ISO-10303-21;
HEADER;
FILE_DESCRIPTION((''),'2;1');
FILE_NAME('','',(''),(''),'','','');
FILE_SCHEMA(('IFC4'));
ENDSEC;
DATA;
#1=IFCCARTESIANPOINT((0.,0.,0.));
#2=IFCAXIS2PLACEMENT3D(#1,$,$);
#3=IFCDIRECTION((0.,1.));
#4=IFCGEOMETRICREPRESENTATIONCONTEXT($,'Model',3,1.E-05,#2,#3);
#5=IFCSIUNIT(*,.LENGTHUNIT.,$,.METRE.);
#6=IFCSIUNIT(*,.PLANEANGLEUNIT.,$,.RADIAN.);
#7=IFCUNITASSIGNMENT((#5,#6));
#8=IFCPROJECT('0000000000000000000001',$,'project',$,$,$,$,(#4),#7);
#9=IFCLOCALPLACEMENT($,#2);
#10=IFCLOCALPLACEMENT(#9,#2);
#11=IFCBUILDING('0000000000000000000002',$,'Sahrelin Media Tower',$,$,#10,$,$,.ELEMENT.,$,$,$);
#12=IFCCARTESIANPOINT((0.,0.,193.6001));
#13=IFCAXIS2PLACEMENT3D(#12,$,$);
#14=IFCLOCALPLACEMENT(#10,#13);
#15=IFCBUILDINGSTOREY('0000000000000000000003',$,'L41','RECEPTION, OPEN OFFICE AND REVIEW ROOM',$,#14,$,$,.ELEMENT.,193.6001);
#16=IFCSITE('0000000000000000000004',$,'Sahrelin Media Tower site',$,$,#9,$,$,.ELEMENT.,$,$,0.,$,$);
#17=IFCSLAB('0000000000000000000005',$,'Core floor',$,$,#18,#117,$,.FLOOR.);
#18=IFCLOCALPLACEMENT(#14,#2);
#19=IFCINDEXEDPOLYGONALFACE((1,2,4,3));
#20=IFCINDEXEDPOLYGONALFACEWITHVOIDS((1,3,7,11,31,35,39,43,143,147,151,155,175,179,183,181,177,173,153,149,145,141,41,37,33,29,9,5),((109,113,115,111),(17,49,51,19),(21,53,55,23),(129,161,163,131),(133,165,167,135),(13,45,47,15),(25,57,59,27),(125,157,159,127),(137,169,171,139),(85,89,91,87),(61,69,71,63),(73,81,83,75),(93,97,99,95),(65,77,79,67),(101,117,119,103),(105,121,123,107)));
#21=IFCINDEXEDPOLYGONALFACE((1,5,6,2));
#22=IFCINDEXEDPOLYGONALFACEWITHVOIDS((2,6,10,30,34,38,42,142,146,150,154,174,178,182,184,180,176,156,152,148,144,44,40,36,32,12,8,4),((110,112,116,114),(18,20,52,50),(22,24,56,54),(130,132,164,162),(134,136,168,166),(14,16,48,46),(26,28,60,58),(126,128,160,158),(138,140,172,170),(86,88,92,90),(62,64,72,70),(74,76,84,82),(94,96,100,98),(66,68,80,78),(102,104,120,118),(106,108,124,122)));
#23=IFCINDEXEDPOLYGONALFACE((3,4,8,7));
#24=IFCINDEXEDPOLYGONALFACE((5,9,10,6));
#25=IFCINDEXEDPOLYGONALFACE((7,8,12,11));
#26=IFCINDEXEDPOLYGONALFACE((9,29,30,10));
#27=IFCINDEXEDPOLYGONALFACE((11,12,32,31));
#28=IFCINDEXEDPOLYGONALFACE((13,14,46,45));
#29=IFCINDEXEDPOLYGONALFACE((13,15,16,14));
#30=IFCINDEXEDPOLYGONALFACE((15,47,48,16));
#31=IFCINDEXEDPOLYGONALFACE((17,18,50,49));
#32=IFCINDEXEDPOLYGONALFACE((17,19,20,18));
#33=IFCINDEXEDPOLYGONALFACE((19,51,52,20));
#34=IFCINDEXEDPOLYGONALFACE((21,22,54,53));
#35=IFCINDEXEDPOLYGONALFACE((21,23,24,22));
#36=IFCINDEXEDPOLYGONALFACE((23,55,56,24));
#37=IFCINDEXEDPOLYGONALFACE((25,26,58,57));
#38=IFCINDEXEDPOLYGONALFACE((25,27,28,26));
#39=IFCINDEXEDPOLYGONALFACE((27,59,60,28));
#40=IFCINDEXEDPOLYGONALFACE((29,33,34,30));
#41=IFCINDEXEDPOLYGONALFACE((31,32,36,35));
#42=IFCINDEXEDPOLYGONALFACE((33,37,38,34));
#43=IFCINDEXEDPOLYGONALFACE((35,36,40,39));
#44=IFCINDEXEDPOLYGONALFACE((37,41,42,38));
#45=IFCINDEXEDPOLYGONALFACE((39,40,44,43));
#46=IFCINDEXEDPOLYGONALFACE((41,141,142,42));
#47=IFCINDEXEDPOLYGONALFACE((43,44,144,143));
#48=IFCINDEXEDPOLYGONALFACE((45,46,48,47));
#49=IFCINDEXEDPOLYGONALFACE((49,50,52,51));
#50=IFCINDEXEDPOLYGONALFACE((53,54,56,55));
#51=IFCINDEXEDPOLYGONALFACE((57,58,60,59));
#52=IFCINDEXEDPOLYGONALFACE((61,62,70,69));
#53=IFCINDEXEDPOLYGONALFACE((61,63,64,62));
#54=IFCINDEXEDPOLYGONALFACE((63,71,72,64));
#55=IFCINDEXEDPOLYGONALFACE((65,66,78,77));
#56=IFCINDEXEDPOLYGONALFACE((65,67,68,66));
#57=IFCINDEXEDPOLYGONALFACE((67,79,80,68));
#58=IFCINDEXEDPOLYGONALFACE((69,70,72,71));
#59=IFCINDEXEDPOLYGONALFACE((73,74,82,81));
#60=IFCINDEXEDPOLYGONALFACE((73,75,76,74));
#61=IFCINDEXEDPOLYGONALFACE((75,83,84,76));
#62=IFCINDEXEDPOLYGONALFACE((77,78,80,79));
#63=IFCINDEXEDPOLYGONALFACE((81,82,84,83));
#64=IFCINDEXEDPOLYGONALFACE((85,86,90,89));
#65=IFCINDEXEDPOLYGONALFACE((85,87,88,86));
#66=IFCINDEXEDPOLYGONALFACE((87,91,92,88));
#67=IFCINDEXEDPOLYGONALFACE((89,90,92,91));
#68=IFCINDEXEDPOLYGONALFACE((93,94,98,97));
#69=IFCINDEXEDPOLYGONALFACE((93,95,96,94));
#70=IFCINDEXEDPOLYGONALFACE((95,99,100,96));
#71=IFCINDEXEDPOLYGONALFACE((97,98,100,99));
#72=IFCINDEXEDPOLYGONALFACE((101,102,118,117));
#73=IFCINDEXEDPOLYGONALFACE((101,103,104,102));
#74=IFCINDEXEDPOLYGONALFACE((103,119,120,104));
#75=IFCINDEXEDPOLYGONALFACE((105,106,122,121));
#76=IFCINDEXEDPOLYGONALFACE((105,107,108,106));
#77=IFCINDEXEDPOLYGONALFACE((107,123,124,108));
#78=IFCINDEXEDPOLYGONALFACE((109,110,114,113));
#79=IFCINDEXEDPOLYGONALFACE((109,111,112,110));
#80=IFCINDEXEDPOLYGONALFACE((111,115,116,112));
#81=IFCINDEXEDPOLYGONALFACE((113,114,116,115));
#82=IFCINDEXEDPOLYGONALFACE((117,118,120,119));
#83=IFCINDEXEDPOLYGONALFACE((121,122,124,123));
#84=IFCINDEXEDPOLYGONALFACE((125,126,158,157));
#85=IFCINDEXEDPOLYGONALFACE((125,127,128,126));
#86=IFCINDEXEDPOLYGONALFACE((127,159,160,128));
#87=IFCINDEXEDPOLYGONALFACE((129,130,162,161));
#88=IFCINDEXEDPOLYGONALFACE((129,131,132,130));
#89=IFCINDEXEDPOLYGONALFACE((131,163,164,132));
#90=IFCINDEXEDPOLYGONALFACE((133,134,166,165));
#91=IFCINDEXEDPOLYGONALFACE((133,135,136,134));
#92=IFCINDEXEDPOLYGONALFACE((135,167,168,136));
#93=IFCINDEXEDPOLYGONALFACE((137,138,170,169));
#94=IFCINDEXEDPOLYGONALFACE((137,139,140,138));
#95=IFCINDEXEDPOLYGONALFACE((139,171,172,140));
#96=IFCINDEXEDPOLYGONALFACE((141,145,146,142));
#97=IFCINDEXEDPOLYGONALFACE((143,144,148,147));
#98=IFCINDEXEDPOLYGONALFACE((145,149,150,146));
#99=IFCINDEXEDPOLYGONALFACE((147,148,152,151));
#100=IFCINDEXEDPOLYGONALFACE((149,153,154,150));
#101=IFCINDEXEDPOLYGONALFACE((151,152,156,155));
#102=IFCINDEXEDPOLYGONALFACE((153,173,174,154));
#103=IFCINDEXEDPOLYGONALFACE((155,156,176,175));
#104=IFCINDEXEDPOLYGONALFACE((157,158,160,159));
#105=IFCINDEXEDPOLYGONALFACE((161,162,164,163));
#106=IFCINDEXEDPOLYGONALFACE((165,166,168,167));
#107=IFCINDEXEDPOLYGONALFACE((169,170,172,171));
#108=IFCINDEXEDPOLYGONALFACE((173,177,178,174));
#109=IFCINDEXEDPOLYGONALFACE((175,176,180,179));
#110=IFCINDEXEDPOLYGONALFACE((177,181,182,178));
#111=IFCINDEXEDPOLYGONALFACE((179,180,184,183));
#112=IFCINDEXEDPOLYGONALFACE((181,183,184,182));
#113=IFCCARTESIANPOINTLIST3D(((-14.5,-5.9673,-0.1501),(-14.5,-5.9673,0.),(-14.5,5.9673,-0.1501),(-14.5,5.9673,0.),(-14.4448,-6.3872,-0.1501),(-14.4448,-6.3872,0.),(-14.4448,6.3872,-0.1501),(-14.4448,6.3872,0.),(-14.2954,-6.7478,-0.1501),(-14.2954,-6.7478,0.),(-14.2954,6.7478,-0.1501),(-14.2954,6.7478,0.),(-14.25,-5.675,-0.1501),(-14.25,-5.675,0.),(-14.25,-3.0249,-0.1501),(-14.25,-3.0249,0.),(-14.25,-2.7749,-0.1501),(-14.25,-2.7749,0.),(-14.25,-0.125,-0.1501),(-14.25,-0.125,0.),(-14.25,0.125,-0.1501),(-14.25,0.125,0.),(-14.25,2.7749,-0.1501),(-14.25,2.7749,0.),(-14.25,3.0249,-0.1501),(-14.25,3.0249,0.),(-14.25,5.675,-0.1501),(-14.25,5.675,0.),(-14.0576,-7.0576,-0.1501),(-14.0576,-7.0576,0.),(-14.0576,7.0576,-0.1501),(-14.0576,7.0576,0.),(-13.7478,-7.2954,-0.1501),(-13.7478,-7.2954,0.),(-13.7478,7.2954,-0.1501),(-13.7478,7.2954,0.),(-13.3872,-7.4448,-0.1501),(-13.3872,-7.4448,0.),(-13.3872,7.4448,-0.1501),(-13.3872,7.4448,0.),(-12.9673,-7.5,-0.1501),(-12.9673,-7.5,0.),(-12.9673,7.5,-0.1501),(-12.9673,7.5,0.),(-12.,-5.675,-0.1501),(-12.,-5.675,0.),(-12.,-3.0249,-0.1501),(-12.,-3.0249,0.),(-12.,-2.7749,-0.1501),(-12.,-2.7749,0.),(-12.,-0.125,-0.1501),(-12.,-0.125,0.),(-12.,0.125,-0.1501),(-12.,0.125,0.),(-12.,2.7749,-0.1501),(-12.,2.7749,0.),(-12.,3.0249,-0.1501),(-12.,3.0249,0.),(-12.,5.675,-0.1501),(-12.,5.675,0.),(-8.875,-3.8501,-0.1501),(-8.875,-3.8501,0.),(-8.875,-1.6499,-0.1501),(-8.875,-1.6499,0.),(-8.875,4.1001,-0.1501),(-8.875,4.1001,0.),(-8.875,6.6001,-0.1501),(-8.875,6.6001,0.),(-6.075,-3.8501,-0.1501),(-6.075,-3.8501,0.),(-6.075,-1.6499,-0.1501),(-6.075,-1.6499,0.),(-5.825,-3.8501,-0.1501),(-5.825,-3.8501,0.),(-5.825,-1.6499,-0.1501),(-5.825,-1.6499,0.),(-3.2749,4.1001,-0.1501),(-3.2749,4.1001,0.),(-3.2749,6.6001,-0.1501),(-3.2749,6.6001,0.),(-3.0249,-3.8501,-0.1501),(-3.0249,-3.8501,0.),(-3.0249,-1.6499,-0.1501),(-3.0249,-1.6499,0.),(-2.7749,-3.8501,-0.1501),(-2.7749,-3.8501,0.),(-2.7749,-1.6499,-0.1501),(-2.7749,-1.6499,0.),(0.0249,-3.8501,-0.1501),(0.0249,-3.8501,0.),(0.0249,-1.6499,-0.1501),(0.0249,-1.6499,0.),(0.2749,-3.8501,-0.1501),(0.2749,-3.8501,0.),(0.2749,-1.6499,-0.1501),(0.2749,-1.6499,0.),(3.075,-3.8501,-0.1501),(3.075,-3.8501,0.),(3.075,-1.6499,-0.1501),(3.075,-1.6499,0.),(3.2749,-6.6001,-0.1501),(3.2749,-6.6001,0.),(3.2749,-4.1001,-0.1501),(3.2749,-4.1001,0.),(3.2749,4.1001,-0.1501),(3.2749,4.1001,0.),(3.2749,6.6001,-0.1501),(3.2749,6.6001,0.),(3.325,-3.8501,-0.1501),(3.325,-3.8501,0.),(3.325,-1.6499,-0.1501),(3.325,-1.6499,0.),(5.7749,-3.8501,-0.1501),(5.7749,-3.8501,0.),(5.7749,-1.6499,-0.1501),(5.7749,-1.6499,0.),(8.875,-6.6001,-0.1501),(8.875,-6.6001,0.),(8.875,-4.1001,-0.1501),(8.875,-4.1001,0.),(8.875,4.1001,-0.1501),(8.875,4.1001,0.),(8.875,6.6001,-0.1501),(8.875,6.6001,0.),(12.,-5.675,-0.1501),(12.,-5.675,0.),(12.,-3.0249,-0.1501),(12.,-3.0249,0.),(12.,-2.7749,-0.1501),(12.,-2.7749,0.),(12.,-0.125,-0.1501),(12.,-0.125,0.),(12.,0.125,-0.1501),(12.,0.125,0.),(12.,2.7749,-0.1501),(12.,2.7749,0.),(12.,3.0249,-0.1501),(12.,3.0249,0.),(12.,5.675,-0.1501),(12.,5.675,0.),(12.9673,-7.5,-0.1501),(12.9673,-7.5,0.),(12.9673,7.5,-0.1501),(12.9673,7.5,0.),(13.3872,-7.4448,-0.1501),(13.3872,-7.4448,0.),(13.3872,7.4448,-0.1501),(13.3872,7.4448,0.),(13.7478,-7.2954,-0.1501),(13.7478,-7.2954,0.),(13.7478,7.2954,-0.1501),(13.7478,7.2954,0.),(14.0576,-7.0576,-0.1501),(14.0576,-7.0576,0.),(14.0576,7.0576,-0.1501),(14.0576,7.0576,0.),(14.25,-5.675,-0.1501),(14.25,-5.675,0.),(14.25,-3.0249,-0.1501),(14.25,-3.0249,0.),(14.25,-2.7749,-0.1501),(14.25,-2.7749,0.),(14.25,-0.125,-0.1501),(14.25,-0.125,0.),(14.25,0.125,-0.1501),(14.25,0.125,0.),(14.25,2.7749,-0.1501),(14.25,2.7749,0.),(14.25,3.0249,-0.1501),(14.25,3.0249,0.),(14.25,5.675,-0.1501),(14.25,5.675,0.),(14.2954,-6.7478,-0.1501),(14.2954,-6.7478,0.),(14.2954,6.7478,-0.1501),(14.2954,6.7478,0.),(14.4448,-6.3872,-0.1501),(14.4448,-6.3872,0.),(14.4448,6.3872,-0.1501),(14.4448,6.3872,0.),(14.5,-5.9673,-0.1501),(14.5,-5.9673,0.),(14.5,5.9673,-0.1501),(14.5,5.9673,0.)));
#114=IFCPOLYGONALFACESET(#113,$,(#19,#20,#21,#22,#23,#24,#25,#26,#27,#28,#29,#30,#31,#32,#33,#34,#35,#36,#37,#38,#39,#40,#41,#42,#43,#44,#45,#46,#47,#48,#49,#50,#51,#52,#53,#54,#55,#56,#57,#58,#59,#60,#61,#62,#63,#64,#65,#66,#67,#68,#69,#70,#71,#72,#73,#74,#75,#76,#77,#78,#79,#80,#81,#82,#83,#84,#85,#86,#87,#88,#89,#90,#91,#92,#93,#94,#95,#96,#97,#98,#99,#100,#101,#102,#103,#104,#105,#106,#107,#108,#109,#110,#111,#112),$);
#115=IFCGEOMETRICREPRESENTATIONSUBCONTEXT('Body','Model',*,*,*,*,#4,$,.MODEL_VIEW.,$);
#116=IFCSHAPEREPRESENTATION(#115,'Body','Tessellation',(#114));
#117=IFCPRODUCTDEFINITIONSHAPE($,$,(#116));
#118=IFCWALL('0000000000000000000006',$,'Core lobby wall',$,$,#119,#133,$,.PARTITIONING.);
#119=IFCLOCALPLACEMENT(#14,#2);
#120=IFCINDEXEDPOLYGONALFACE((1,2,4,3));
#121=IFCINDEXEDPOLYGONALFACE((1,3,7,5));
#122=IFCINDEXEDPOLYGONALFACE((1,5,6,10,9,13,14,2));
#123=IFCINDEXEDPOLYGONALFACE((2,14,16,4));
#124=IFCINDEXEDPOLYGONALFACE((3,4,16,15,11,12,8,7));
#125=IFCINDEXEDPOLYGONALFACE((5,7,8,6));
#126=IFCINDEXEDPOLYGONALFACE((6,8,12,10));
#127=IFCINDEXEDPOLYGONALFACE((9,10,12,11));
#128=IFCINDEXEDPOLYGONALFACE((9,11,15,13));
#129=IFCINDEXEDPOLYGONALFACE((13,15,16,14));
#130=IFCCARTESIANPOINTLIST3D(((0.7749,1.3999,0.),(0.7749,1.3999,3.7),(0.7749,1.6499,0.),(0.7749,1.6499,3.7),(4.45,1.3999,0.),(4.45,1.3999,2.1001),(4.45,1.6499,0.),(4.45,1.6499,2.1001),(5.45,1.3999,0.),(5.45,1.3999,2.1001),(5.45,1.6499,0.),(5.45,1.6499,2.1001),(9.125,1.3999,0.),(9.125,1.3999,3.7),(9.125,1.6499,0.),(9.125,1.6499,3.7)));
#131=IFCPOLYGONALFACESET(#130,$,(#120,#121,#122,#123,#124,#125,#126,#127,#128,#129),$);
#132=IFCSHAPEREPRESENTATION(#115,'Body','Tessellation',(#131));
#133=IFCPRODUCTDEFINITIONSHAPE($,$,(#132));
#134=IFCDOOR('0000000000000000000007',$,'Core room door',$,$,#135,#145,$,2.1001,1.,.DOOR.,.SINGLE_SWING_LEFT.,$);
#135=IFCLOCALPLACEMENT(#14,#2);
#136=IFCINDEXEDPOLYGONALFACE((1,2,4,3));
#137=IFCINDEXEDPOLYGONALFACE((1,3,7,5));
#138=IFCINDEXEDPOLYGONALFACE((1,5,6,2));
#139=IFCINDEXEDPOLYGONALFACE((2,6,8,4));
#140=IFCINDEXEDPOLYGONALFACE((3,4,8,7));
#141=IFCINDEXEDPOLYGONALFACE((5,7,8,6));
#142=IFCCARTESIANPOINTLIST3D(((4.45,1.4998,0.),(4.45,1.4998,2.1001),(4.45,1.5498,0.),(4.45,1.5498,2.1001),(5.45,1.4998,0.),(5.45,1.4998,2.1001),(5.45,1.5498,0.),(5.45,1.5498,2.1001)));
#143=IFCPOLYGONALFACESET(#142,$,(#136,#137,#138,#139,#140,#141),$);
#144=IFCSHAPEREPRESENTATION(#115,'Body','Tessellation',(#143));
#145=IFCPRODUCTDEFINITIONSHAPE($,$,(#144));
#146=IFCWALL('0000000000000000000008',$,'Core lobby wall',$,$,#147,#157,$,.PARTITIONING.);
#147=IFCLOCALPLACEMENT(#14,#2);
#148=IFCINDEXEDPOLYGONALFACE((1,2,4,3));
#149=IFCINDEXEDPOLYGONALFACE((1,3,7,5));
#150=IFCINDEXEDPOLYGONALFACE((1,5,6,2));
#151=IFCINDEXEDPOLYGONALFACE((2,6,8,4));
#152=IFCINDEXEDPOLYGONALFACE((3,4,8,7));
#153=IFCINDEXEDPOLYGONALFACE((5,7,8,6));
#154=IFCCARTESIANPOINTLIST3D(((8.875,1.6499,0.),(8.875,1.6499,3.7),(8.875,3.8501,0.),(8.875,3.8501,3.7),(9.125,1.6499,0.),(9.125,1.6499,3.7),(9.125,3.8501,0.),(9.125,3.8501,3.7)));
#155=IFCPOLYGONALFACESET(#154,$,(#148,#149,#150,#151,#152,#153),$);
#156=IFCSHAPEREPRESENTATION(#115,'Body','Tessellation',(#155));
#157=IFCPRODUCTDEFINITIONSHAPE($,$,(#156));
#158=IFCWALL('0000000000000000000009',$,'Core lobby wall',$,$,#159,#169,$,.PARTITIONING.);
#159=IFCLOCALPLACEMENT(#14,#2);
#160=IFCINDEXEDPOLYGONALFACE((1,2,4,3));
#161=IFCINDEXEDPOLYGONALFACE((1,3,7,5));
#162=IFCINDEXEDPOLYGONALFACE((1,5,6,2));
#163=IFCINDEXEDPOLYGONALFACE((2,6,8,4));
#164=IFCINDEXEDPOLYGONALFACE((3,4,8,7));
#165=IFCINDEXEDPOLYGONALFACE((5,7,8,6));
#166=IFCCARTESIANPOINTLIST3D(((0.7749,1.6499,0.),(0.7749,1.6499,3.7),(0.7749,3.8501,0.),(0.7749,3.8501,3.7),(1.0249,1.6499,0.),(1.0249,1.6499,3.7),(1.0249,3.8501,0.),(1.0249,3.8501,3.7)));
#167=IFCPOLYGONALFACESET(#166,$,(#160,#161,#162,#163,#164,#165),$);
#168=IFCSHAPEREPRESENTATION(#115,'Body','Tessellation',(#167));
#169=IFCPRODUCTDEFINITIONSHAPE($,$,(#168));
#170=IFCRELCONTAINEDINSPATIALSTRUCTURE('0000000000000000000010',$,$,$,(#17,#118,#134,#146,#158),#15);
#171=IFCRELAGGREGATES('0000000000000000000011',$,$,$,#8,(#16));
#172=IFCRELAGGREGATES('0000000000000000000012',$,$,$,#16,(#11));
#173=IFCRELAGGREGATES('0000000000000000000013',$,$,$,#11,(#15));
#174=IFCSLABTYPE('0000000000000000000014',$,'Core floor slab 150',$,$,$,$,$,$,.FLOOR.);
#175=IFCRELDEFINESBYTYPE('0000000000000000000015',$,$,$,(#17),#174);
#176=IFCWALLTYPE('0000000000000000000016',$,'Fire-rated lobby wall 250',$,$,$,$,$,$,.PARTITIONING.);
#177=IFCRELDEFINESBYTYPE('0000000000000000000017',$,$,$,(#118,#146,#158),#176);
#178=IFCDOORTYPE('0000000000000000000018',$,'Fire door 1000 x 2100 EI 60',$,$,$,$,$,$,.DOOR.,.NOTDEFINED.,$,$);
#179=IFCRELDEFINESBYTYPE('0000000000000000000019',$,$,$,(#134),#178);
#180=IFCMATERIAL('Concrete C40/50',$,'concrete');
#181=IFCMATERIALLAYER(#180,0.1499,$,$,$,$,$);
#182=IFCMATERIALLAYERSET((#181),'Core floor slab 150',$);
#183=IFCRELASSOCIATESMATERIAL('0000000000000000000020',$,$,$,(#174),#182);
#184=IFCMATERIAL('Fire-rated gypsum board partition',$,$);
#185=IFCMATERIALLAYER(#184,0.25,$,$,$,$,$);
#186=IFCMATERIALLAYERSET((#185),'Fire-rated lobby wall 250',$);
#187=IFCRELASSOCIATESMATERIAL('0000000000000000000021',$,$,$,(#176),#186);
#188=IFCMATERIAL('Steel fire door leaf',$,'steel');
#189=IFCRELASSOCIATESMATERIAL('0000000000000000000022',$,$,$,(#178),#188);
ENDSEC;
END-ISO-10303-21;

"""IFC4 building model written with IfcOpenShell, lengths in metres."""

from ifc_helpers import new_model, si_unit, direction, frame, frame_2d, origin, place, context, subcontext, project, spatial, polyline, rectangle, outline, extrude, material, layer, layer_set, type_object, element, fill, save


model = new_model("IFC4")

# Units and contexts
model_context = context("Model", 3, precision=1e-05, world=origin(), true_north=direction((0.0, 1.0)))
body_context = subcontext(model_context, "Body", "Model", "MODEL_VIEW")
ifc_project = project(units=[si_unit("LENGTHUNIT", "METRE"), si_unit("PLANEANGLEUNIT", "RADIAN")], contexts=[model_context])

# Site, building, storey
site_placement = place(None, origin())
site = spatial("IfcSite", under=ifc_project, at=site_placement, Name="Sahrelin Media Tower site", CompositionType="ELEMENT", RefElevation=0.0)
building_placement = place(site_placement, origin())
building = spatial("IfcBuilding", under=site, at=building_placement, Name="Sahrelin Media Tower", CompositionType="ELEMENT")
storey_placement = place(building_placement, frame((0.0, 0.0, 193.6001)))
storey = spatial("IfcBuildingStorey", under=building, at=storey_placement, Name="L41", Description="RECEPTION, OPEN OFFICE AND REVIEW ROOM", CompositionType="ELEMENT", Elevation=193.6001)

# Slab
ifc_material_1 = material(Name="Concrete C40/50", Category="concrete")
ifc_layer_1 = layer(ifc_material_1, 0.1499)
ifc_layer_set_1 = layer_set([ifc_layer_1], Name="Core floor slab 150")
slab_type = type_object("IfcSlabType", Name="Core floor slab 150", PredefinedType="FLOOR", material=ifc_layer_set_1)
slab_placement = place(storey_placement, frame((0.0, 0.0, -0.1501)))
element("IfcSlab", 1, at=slab_placement, inside=storey, type_object=slab_type, Name="Core floor", PredefinedType="FLOOR", context=body_context, shape_type="SweptSolid", body=[
    extrude(outline(polyline([(-14.4448, 6.3872), (-14.5, 5.9673), (-14.5, -5.9673), (-14.4448, -6.3872), (-14.2954, -6.7478), (-14.0576, -7.0576), (-13.7478, -7.2954), (-13.3872, -7.4448), (-12.9673, -7.5), (12.9673, -7.5), (13.3872, -7.4448), (13.7478, -7.2954), (14.0576, -7.0576), (14.2954, -6.7478), (14.4448, -6.3872), (14.5, -5.9673), (14.5, 5.9673), (14.4448, 6.3872), (14.2954, 6.7478), (14.0576, 7.0576), (13.7478, 7.2954), (13.3872, 7.4448), (12.9673, 7.5), (-12.9673, 7.5), (-13.3872, 7.4448), (-13.7478, 7.2954), (-14.0576, 7.0576), (-14.2954, 6.7478), (-14.4448, 6.3872)]), holes=[polyline([(-12.0, 3.0249), (-12.0, 5.675), (-14.25, 5.675), (-14.25, 3.0249), (-12.0, 3.0249)]), polyline([(-14.25, 0.125), (-12.0, 0.125), (-12.0, 2.7749), (-14.25, 2.7749), (-14.25, 0.125)]), polyline([(-14.25, -0.125), (-14.25, -2.7749), (-12.0, -2.7749), (-12.0, -0.125), (-14.25, -0.125)]), polyline([(-12.0, -3.0249), (-14.25, -3.0249), (-14.25, -5.675), (-12.0, -5.675), (-12.0, -3.0249)]), polyline([(14.25, 3.0249), (14.25, 5.675), (12.0, 5.675), (12.0, 3.0249), (14.25, 3.0249)]), polyline([(12.0, 0.125), (14.25, 0.125), (14.25, 2.7749), (12.0, 2.7749), (12.0, 0.125)]), polyline([(12.0, -0.125), (12.0, -2.7749), (14.25, -2.7749), (14.25, -0.125), (12.0, -0.125)]), polyline([(14.25, -3.0249), (12.0, -3.0249), (12.0, -5.675), (14.25, -5.675), (14.25, -3.0249)]), polyline([(-6.075, -3.8501), (-6.075, -1.6499), (-8.875, -1.6499), (-8.875, -3.8501), (-6.075, -3.8501)]), polyline([(-5.825, -3.8501), (-3.0249, -3.8501), (-3.0249, -1.6499), (-5.825, -1.6499), (-5.825, -3.8501)]), polyline([(-2.7749, -1.6499), (-2.7749, -3.8501), (0.0249, -3.8501), (0.0249, -1.6499), (-2.7749, -1.6499)]), polyline([(3.075, -1.6499), (0.2749, -1.6499), (0.2749, -3.8501), (3.075, -3.8501), (3.075, -1.6499)]), polyline([(5.7749, -3.8501), (5.7749, -1.6499), (3.325, -1.6499), (3.325, -3.8501), (5.7749, -3.8501)]), polyline([(-8.875, 6.6001), (-8.875, 4.1001), (-3.2749, 4.1001), (-3.2749, 6.6001), (-8.875, 6.6001)]), polyline([(3.2749, 4.1001), (8.875, 4.1001), (8.875, 6.6001), (3.2749, 6.6001), (3.2749, 4.1001)]), polyline([(3.2749, -4.1001), (3.2749, -6.6001), (8.875, -6.6001), (8.875, -4.1001), (3.2749, -4.1001)])]), origin(), (0.0, 0.0, 1.0), 0.1501),
])

# Wall, opening, door
ifc_material_2 = material(Name="Fire-rated gypsum board partition")
ifc_layer_2 = layer(ifc_material_2, 0.25)
ifc_layer_set_2 = layer_set([ifc_layer_2], Name="Fire-rated lobby wall 250")
wall_type_1 = type_object("IfcWallType", Name="Fire-rated lobby wall 250", PredefinedType="PARTITIONING", material=ifc_layer_set_2)
wall_1_placement = place(storey_placement, frame((0.7749, 1.5249, 0.0), z_axis=(0.0, 0.0, 1.0), x_axis=(1.0, 0.0, 0.0)))
wall_1 = element("IfcWall", 2, at=wall_1_placement, inside=storey, type_object=wall_type_1, Name="Core lobby wall", PredefinedType="PARTITIONING", context=body_context, shape_type="SweptSolid", body=[
    extrude(rectangle(XDim=8.3501, YDim=0.25, at=frame_2d((4.175, 0.0))), origin(), (0.0, 0.0, 1.0), 3.7),
])
opening_1_placement = place(wall_1_placement, frame((3.675, 0.0, 0.0)))
opening_1 = element("IfcOpeningElement", 3, at=opening_1_placement, cuts=wall_1, PredefinedType="OPENING", context=body_context, shape_type="SweptSolid", body=[
    extrude(rectangle(XDim=1.0, YDim=2.1001, at=frame_2d((0.5, 1.05))), frame((0.0, 0.125, 0.0), z_axis=(0.0, -1.0, 0.0), x_axis=(1.0, 0.0, 0.0)), (0.0, 0.0, 1.0), 0.25),
])
ifc_material_3 = material(Name="Steel fire door leaf", Category="steel")
door_type_1 = type_object("IfcDoorType", Name="Fire door 1000 x 2100 EI 60", OperationType="NOTDEFINED", PredefinedType="DOOR", material=ifc_material_3)
door_1_placement = place(opening_1_placement, origin())
door_1 = element("IfcDoor", 4, at=door_1_placement, inside=storey, type_object=door_type_1, Name="Core room door", OperationType="SINGLE_SWING_LEFT", OverallHeight=2.1001, OverallWidth=1.0, PredefinedType="DOOR", context=body_context, shape_type="SweptSolid", body=[
    extrude(rectangle(XDim=1.0, YDim=2.1001, at=frame_2d((0.5, 1.05))), frame((0.0, 0.0249, 0.0), z_axis=(0.0, -1.0, 0.0), x_axis=(1.0, 0.0, 0.0)), (0.0, 0.0, 1.0), 0.05),
])
fill(opening_1, door_1)

# Walls
for number, where, z_axis, x_axis, name in (
    (5, (9.0, 1.6499, 0.0), (0.0, 0.0, 1.0), (0.0, 1.0, 0.0), "Core lobby wall"),
    (6, (0.8999, 1.6499, 0.0), (0.0, 0.0, 1.0), (0.0, 1.0, 0.0), "Core lobby wall"),
):
    element("IfcWall", number, at=place(storey_placement, frame(where, z_axis=z_axis, x_axis=x_axis)), inside=storey, type_object=wall_type_1, Name=name, PredefinedType="PARTITIONING", context=body_context, shape_type="SweptSolid", body=[
        extrude(rectangle(XDim=2.2002, YDim=0.25, at=frame_2d((1.1001, 0.0))), origin(), (0.0, 0.0, 1.0), 3.7),
    ])

save(model, "model.ifc")
